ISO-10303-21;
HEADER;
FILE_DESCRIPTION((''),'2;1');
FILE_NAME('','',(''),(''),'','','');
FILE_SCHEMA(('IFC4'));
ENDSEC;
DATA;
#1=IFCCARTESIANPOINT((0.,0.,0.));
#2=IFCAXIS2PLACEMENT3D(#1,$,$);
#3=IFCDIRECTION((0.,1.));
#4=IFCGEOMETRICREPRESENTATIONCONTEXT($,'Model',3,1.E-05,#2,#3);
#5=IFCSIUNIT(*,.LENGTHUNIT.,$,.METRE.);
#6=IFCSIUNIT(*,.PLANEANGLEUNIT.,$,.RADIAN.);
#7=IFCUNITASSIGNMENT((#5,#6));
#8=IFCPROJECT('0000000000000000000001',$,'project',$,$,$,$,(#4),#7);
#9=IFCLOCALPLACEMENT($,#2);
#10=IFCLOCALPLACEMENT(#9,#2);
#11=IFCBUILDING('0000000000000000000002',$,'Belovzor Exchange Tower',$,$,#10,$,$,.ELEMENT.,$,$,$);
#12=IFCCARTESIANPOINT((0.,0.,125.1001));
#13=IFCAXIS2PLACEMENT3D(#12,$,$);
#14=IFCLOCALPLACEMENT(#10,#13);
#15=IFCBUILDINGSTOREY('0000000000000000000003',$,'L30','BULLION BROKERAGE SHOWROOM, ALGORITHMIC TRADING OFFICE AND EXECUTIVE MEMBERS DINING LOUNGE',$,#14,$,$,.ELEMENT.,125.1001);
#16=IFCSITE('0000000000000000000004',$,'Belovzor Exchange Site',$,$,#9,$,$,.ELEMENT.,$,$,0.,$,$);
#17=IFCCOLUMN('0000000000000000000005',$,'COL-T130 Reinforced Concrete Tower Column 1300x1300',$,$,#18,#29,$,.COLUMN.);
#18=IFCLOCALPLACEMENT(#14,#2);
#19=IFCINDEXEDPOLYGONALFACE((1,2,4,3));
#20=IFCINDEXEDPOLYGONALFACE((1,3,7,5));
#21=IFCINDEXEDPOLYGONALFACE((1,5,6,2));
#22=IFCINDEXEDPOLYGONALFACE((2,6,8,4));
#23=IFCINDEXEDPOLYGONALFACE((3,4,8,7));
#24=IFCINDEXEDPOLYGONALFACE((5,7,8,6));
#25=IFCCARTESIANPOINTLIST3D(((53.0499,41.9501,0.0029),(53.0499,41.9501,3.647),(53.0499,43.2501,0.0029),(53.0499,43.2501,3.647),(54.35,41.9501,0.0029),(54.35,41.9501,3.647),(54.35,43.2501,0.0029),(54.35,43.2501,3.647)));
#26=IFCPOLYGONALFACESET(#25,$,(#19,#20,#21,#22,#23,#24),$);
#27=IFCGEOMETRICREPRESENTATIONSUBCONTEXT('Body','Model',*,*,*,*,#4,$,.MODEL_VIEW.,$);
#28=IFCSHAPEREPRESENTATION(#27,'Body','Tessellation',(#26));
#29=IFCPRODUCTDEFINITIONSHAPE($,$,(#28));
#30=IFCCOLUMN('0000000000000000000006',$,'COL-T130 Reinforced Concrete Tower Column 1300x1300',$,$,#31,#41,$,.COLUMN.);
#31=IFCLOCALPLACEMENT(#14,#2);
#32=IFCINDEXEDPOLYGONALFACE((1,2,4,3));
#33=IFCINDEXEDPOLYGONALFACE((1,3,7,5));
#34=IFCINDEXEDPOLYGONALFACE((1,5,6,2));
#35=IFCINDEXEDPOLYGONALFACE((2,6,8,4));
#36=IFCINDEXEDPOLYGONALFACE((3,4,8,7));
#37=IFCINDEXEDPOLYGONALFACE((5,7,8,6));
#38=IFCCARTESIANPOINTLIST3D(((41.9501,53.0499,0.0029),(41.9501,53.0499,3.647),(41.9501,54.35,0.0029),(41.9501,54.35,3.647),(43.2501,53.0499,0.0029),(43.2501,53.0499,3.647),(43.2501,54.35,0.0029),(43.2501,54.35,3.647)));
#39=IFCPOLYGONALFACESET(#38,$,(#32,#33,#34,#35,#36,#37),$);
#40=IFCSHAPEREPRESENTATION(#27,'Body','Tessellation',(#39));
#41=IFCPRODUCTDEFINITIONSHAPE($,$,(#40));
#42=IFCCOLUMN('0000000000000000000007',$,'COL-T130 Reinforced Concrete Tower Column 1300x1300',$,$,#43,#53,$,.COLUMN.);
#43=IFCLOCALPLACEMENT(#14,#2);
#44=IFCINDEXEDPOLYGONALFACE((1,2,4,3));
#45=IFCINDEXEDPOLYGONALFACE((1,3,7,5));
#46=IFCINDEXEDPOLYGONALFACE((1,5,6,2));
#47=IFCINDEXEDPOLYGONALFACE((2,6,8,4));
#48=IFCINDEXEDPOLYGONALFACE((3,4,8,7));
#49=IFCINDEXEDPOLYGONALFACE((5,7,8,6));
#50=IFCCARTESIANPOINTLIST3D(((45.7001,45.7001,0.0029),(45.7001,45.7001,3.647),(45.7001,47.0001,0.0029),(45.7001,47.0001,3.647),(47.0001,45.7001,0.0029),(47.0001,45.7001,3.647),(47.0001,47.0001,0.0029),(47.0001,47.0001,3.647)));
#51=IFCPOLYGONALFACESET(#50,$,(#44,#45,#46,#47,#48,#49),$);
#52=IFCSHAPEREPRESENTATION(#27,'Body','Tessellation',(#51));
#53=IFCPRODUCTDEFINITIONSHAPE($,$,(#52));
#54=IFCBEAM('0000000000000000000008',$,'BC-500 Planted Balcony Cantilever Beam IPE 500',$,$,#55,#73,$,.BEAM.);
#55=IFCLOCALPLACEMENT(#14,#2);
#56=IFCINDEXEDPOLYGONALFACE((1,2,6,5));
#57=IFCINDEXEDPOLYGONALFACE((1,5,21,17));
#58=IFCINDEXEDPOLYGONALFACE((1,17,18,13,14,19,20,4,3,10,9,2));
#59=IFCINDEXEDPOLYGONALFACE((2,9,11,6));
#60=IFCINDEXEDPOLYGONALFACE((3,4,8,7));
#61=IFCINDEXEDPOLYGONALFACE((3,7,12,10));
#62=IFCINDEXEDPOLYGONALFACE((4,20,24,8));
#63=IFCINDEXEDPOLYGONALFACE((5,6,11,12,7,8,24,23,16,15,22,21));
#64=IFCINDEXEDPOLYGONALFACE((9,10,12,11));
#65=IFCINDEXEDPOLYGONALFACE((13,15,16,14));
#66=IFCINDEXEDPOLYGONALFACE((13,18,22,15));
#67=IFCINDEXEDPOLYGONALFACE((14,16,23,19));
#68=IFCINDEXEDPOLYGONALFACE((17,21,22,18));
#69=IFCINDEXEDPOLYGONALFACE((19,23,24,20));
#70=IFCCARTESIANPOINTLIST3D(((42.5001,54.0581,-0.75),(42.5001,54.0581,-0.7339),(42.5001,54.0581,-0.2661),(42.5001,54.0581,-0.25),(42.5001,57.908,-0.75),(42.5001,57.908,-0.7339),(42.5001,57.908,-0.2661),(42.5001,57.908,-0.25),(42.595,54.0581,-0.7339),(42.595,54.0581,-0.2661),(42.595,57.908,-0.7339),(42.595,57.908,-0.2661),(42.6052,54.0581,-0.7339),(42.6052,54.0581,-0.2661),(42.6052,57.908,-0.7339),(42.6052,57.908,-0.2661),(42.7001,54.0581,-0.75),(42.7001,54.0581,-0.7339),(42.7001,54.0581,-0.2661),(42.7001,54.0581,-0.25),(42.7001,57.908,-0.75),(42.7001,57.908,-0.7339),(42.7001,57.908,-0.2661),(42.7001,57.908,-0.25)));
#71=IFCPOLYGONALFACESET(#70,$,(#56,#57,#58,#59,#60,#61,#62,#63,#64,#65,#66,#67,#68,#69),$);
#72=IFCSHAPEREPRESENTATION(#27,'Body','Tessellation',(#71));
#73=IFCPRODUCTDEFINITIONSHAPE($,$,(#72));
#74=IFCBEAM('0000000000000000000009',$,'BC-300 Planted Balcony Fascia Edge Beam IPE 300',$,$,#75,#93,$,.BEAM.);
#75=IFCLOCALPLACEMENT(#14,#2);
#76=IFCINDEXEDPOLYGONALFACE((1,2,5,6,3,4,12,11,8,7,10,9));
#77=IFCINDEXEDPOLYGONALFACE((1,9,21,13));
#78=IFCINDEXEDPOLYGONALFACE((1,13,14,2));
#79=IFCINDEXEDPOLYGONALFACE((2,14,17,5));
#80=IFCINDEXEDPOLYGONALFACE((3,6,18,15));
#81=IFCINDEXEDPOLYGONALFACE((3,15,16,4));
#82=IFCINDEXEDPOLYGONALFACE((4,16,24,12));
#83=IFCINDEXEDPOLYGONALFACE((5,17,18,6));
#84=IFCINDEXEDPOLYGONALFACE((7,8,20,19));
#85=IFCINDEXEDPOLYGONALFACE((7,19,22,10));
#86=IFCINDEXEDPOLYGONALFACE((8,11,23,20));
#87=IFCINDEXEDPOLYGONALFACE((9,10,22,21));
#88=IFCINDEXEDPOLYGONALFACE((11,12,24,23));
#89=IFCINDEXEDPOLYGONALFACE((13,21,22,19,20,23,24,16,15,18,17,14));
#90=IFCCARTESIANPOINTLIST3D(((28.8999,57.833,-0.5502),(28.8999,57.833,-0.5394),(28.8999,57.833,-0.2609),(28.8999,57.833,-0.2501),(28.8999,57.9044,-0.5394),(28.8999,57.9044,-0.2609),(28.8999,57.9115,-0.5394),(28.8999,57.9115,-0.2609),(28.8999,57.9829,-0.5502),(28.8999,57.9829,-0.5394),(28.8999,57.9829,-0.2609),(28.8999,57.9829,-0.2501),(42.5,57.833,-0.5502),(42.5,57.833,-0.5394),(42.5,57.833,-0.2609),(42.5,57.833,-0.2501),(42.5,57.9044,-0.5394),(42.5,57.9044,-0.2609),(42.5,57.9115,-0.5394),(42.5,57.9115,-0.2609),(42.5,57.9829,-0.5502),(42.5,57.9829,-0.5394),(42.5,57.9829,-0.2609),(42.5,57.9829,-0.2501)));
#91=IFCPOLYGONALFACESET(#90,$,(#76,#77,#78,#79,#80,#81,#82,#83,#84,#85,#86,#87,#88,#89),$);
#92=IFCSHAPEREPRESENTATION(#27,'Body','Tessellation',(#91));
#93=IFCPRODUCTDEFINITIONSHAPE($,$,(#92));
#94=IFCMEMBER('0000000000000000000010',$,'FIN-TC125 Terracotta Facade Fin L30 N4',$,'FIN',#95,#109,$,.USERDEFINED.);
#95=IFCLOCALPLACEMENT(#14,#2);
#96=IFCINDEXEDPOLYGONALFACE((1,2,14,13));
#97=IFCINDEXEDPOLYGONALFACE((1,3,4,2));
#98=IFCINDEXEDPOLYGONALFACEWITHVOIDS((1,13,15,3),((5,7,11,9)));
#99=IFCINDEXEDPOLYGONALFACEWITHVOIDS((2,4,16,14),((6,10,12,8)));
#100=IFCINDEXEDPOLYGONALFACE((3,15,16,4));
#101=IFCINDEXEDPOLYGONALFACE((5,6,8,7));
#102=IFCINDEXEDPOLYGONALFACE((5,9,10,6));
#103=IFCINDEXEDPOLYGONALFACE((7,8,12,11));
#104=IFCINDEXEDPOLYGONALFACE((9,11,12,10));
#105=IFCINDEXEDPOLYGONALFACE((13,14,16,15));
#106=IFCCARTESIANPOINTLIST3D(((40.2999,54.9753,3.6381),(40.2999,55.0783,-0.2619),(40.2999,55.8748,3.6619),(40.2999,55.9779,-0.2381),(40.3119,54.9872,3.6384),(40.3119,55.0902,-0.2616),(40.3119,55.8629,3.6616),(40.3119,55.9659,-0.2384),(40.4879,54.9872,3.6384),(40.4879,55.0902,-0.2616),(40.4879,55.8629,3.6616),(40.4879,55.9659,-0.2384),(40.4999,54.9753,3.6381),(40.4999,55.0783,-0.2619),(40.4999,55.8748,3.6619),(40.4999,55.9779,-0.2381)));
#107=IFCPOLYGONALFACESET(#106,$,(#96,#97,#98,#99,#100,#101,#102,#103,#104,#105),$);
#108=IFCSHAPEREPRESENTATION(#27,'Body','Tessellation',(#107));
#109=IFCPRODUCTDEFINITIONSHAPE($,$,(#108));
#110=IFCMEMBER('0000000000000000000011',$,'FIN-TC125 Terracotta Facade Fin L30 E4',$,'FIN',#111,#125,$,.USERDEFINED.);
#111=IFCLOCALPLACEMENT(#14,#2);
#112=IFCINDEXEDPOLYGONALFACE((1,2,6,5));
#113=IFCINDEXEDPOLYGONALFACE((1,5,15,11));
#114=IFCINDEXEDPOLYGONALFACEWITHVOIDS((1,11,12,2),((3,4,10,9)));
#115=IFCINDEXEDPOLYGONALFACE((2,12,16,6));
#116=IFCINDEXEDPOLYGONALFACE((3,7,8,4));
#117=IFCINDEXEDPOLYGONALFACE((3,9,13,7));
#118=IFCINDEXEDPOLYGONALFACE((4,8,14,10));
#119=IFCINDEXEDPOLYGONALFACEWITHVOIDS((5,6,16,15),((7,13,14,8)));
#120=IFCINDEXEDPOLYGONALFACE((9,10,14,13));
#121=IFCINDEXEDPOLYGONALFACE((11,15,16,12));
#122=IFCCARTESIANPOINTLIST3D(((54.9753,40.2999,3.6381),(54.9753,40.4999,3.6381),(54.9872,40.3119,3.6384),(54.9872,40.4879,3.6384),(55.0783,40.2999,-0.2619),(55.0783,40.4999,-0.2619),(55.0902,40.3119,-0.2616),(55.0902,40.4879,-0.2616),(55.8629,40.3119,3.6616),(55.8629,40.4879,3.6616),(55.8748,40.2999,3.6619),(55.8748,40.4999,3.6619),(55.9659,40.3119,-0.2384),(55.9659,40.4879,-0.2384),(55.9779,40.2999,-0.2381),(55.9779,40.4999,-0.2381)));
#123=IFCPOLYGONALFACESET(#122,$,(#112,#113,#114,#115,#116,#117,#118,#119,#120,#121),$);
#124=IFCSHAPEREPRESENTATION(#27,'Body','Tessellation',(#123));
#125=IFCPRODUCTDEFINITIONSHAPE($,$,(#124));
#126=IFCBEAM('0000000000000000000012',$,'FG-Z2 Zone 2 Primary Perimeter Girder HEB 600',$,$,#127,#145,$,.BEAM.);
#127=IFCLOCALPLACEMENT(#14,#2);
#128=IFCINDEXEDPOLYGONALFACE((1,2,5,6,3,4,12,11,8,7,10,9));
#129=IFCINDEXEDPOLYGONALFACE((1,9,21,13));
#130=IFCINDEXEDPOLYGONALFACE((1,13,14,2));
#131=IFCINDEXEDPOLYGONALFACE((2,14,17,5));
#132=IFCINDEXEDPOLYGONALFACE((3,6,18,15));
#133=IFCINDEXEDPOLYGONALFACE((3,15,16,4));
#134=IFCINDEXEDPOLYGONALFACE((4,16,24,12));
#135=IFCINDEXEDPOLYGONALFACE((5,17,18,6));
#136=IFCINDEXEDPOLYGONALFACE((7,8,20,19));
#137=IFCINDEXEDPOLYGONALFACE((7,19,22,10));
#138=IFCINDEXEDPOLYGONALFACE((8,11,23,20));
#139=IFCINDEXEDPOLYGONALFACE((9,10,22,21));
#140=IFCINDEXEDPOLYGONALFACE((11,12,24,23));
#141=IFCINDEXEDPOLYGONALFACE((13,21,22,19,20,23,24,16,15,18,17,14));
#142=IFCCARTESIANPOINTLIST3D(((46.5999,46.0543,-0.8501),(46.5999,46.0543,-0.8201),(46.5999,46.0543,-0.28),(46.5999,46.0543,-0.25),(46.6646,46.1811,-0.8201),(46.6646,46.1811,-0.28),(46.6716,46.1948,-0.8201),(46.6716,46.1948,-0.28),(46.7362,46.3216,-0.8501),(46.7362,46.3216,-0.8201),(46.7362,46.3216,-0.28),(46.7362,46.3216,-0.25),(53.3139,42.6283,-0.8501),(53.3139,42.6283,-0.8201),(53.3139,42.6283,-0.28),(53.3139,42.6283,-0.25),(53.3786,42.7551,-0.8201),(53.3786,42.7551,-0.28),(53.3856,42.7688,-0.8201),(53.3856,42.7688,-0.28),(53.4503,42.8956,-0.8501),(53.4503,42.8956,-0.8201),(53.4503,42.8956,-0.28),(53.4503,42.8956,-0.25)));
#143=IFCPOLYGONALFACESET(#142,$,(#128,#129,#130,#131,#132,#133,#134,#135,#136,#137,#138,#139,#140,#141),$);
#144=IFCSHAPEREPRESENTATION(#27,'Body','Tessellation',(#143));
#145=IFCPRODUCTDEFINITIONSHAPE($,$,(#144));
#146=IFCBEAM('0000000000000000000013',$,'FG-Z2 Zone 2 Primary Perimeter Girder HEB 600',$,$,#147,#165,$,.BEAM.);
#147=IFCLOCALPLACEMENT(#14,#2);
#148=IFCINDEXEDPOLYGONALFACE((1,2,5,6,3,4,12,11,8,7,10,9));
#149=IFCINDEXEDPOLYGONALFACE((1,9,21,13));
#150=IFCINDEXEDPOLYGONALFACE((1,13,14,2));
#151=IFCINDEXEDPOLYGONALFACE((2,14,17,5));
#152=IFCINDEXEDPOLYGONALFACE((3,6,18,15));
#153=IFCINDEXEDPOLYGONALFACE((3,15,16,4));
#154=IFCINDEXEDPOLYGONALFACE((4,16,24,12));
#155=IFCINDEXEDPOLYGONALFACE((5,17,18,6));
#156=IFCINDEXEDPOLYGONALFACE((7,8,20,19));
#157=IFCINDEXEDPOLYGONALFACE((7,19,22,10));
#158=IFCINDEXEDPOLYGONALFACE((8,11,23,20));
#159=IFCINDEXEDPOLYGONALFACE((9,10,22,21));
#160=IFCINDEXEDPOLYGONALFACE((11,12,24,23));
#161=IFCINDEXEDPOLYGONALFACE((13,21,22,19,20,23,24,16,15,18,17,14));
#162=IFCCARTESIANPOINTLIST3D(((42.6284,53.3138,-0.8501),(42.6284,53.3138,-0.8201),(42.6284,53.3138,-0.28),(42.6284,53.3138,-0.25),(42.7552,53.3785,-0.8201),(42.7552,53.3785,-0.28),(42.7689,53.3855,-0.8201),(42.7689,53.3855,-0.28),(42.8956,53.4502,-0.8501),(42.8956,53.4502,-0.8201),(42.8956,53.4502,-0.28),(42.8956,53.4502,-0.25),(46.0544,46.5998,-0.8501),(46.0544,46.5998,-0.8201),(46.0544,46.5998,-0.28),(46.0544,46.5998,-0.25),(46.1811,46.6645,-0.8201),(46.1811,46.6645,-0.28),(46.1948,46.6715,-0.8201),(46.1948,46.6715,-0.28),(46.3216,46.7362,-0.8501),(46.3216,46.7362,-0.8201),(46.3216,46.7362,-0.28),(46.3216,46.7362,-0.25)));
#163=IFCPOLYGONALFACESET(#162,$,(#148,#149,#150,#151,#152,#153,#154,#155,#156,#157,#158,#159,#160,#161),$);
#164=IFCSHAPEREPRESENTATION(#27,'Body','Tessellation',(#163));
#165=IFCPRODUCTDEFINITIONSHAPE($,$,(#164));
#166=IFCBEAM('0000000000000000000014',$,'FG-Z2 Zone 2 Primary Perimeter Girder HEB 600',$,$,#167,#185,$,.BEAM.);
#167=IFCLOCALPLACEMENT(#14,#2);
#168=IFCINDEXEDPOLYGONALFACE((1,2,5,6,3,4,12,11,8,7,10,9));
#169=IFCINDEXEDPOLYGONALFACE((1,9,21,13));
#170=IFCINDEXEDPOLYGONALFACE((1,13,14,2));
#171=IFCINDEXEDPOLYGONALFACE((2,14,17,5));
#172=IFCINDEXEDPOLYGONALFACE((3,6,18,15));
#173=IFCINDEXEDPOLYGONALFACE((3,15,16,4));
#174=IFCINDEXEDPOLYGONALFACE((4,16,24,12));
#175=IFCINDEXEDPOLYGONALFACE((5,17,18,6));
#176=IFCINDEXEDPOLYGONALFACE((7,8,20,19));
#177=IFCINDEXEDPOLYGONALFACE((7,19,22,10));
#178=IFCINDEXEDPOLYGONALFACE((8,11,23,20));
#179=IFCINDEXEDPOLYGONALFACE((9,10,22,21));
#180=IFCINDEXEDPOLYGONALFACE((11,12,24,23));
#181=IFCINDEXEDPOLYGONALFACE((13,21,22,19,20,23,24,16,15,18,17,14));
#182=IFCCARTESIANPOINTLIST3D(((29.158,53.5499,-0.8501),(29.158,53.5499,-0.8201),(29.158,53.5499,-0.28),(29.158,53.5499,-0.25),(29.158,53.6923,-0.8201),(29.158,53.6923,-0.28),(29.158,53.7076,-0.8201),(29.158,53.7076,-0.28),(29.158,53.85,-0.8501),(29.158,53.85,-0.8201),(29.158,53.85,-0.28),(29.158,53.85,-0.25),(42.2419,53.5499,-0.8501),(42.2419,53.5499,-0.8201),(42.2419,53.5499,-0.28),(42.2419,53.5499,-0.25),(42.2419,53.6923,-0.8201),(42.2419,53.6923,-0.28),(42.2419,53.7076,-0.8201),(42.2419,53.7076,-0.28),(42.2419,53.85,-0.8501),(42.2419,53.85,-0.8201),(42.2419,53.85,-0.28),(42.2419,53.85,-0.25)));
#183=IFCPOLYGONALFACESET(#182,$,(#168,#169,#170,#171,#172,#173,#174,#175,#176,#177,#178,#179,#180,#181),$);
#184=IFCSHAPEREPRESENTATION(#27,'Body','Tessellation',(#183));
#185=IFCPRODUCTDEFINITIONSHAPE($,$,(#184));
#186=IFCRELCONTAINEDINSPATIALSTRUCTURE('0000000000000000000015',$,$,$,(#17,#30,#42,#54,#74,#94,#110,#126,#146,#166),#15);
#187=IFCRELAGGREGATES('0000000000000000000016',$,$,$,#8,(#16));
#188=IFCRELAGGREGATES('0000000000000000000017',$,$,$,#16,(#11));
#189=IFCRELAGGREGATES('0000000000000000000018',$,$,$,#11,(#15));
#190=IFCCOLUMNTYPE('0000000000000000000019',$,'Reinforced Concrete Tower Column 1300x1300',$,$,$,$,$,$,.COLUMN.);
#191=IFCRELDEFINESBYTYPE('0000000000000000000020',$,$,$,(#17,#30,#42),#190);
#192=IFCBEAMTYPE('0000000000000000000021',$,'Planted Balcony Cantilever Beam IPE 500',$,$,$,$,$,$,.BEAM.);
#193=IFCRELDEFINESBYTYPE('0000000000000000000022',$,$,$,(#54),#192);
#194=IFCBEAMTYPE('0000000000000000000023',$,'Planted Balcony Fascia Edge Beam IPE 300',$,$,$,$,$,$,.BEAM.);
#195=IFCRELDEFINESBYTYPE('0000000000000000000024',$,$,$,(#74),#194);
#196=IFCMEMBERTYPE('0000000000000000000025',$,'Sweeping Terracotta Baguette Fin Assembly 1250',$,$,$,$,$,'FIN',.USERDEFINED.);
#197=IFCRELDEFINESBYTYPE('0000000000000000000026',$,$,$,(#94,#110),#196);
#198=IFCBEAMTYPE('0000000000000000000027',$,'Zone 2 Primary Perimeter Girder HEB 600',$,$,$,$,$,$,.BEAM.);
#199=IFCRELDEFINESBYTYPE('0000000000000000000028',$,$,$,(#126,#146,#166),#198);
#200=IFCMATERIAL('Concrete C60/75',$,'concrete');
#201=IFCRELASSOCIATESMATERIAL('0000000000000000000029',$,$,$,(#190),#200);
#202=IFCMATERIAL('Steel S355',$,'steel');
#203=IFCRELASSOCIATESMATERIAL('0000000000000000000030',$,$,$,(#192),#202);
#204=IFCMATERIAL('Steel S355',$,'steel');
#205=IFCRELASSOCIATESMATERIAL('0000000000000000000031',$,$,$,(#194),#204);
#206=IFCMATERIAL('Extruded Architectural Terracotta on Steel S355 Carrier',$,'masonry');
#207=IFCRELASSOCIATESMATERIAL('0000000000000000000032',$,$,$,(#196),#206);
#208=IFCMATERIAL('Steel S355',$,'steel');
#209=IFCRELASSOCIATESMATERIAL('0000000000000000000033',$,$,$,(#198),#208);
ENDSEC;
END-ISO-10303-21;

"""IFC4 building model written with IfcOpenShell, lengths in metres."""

from ifc_helpers import new_model, si_unit, direction, frame, origin, origin_2d, place, context, subcontext, project, spatial, rectangle, hollow_rectangle, i_section, extrude, material, material_profile, profile_set, type_object, element, save


model = new_model("IFC4")

# Units and contexts
model_context = context("Model", 3, precision=1e-05, world=origin(), true_north=direction((0.0, 1.0)))
body_context = subcontext(model_context, "Body", "Model", "MODEL_VIEW")
ifc_project = project(units=[si_unit("LENGTHUNIT", "METRE"), si_unit("PLANEANGLEUNIT", "RADIAN")], contexts=[model_context])

# Site, building, storey
site_placement = place(None, origin())
site = spatial("IfcSite", under=ifc_project, at=site_placement, Name="Belovzor Exchange Site", CompositionType="ELEMENT", RefElevation=0.0)
building_placement = place(site_placement, origin())
building = spatial("IfcBuilding", under=site, at=building_placement, Name="Belovzor Exchange Tower", CompositionType="ELEMENT")
storey_placement = place(building_placement, frame((0.0, 0.0, 125.1001)))
storey = spatial("IfcBuildingStorey", under=building, at=storey_placement, Name="L30", Description="BULLION BROKERAGE SHOWROOM, ALGORITHMIC TRADING OFFICE AND EXECUTIVE MEMBERS DINING LOUNGE", CompositionType="ELEMENT", Elevation=125.1001)

# Columns
ifc_material_1 = material(Name="Concrete C60/75", Category="concrete")
ifc_material_profile_1 = material_profile(ifc_material_1, rectangle(XDim=1.3, YDim=1.3, at=origin_2d()))
ifc_profile_set_1 = profile_set([ifc_material_profile_1], Name="Concrete C60/75")
column_type = type_object("IfcColumnType", Name="Reinforced Concrete Tower Column 1300x1300", PredefinedType="COLUMN", material=ifc_profile_set_1)
for number, where, z_axis, x_axis, name in (
    (1, (53.7, 42.6001, 0.0029), (0.0, 0.0, 1.0), (1.0, 0.0, 0.0), "COL-T130 Reinforced Concrete Tower Column 1300x1300"),
    (2, (42.6001, 53.7, 0.0029), (0.0, 0.0, 1.0), (1.0, 0.0, 0.0), "COL-T130 Reinforced Concrete Tower Column 1300x1300"),
    (3, (46.3501, 46.3501, 0.0029), (0.0, 0.0, 1.0), (1.0, 0.0, 0.0), "COL-T130 Reinforced Concrete Tower Column 1300x1300"),
):
    element("IfcColumn", number, at=place(storey_placement, frame(where, z_axis=z_axis, x_axis=x_axis)), inside=storey, type_object=column_type, Name=name, PredefinedType="COLUMN", context=body_context, shape_type="SweptSolid", body=[
        extrude(rectangle(XDim=1.3, YDim=1.3, at=origin_2d()), origin(), (0.0, 0.0, 1.0), 3.644),
    ])

# Beams
ifc_material_2 = material(Name="Steel S355", Category="steel")
ifc_material_profile_2 = material_profile(ifc_material_2, i_section(OverallWidth=0.2, OverallDepth=0.5, WebThickness=0.0103, FlangeThickness=0.0161, at=origin_2d()))
ifc_profile_set_2 = profile_set([ifc_material_profile_2], Name="Steel S355")
beam_type_1 = type_object("IfcBeamType", Name="Planted Balcony Cantilever Beam IPE 500", PredefinedType="BEAM", material=ifc_profile_set_2)
beam_1_placement = place(storey_placement, frame((42.6001, 54.0581, -0.5), z_axis=(0.0, 1.0, 0.0), x_axis=(-1.0, 0.0, 0.0)))
element("IfcBeam", 4, at=beam_1_placement, inside=storey, type_object=beam_type_1, Name="BC-500 Planted Balcony Cantilever Beam IPE 500", PredefinedType="BEAM", context=body_context, shape_type="SweptSolid", body=[
    extrude(i_section(OverallWidth=0.2, OverallDepth=0.5, WebThickness=0.0103, FlangeThickness=0.0161, at=origin_2d()), origin(), (0.0, 0.0, 1.0), 3.8499),
])
ifc_material_3 = material(Name="Steel S355", Category="steel")
ifc_material_profile_3 = material_profile(ifc_material_3, i_section(OverallWidth=0.1499, OverallDepth=0.3, WebThickness=0.0071, FlangeThickness=0.0107, at=origin_2d()))
ifc_profile_set_3 = profile_set([ifc_material_profile_3], Name="Steel S355")
beam_type_2 = type_object("IfcBeamType", Name="Planted Balcony Fascia Edge Beam IPE 300", PredefinedType="BEAM", material=ifc_profile_set_3)
beam_2_placement = place(storey_placement, frame((42.5, 57.908, -0.4001), z_axis=(-1.0, 0.0, 0.0), x_axis=(0.0, -1.0, 0.0)))
element("IfcBeam", 5, at=beam_2_placement, inside=storey, type_object=beam_type_2, Name="BC-300 Planted Balcony Fascia Edge Beam IPE 300", PredefinedType="BEAM", context=body_context, shape_type="SweptSolid", body=[
    extrude(i_section(OverallWidth=0.1499, OverallDepth=0.3, WebThickness=0.0071, FlangeThickness=0.0107, at=origin_2d()), origin(), (0.0, 0.0, 1.0), 13.6001),
])

# Members
ifc_material_4 = material(Name="Extruded Architectural Terracotta on Steel S355 Carrier", Category="masonry")
ifc_material_profile_4 = material_profile(ifc_material_4, hollow_rectangle(XDim=0.2, YDim=0.8999, WallThickness=0.012, at=origin_2d()))
ifc_profile_set_4 = profile_set([ifc_material_profile_4], Name="Extruded Architectural Terracotta on Steel S355 Carrier")
member_type = type_object("IfcMemberType", Name="Sweeping Terracotta Baguette Fin Assembly 1250", ElementType="FIN", PredefinedType="USERDEFINED", material=ifc_profile_set_4)
for number, where, z_axis, x_axis, name in (
    (6, (40.3999, 55.5281, -0.25), (0.0, -0.026409, 0.999651), (1.0, 0.0, 0.0), "FIN-TC125 Terracotta Facade Fin L30 N4"),
    (7, (55.5281, 40.3999, -0.25), (-0.026409, 0.0, 0.999651), (0.0, -1.0, 0.0), "FIN-TC125 Terracotta Facade Fin L30 E4"),
):
    element("IfcMember", number, at=place(storey_placement, frame(where, z_axis=z_axis, x_axis=x_axis)), inside=storey, type_object=member_type, Name=name, ObjectType="FIN", PredefinedType="USERDEFINED", context=body_context, shape_type="SweptSolid", body=[
        extrude(hollow_rectangle(XDim=0.2, YDim=0.8999, WallThickness=0.012, at=origin_2d()), origin(), (0.0, 0.0, 1.0), 3.9014),
    ])

# Beams
ifc_material_5 = material(Name="Steel S355", Category="steel")
ifc_material_profile_5 = material_profile(ifc_material_5, i_section(OverallWidth=0.3, OverallDepth=0.6001, WebThickness=0.0154, FlangeThickness=0.03, at=origin_2d()))
ifc_profile_set_5 = profile_set([ifc_material_profile_5], Name="Steel S355")
beam_type_3 = type_object("IfcBeamType", Name="Zone 2 Primary Perimeter Girder HEB 600", PredefinedType="BEAM", material=ifc_profile_set_5)
for number, where, z_axis, x_axis, name in (
    (8, (53.3821, 42.762, -0.55), (-0.890737, 0.454519, 0.0), (-0.454519, -0.890737, 0.0), "FG-Z2 Zone 2 Primary Perimeter Girder HEB 600"),
    (9, (46.188, 46.668, -0.55), (-0.454519, 0.890737, 0.0), (-0.890737, -0.454519, 0.0), "FG-Z2 Zone 2 Primary Perimeter Girder HEB 600"),
):
    element("IfcBeam", number, at=place(storey_placement, frame(where, z_axis=z_axis, x_axis=x_axis)), inside=storey, type_object=beam_type_3, Name=name, PredefinedType="BEAM", context=body_context, shape_type="SweptSolid", body=[
        extrude(i_section(OverallWidth=0.3, OverallDepth=0.6001, WebThickness=0.0154, FlangeThickness=0.03, at=origin_2d()), origin(), (0.0, 0.0, 1.0), 7.5376),
    ])
beam_3_placement = place(storey_placement, frame((42.2419, 53.7, -0.55), z_axis=(-1.0, 0.0, 0.0), x_axis=(0.0, -1.0, 0.0)))
element("IfcBeam", 10, at=beam_3_placement, inside=storey, type_object=beam_type_3, Name="FG-Z2 Zone 2 Primary Perimeter Girder HEB 600", PredefinedType="BEAM", context=body_context, shape_type="SweptSolid", body=[
    extrude(i_section(OverallWidth=0.3, OverallDepth=0.6001, WebThickness=0.0154, FlangeThickness=0.03, at=origin_2d()), origin(), (0.0, 0.0, 1.0), 13.084),
])

save(model, "model.ifc")
